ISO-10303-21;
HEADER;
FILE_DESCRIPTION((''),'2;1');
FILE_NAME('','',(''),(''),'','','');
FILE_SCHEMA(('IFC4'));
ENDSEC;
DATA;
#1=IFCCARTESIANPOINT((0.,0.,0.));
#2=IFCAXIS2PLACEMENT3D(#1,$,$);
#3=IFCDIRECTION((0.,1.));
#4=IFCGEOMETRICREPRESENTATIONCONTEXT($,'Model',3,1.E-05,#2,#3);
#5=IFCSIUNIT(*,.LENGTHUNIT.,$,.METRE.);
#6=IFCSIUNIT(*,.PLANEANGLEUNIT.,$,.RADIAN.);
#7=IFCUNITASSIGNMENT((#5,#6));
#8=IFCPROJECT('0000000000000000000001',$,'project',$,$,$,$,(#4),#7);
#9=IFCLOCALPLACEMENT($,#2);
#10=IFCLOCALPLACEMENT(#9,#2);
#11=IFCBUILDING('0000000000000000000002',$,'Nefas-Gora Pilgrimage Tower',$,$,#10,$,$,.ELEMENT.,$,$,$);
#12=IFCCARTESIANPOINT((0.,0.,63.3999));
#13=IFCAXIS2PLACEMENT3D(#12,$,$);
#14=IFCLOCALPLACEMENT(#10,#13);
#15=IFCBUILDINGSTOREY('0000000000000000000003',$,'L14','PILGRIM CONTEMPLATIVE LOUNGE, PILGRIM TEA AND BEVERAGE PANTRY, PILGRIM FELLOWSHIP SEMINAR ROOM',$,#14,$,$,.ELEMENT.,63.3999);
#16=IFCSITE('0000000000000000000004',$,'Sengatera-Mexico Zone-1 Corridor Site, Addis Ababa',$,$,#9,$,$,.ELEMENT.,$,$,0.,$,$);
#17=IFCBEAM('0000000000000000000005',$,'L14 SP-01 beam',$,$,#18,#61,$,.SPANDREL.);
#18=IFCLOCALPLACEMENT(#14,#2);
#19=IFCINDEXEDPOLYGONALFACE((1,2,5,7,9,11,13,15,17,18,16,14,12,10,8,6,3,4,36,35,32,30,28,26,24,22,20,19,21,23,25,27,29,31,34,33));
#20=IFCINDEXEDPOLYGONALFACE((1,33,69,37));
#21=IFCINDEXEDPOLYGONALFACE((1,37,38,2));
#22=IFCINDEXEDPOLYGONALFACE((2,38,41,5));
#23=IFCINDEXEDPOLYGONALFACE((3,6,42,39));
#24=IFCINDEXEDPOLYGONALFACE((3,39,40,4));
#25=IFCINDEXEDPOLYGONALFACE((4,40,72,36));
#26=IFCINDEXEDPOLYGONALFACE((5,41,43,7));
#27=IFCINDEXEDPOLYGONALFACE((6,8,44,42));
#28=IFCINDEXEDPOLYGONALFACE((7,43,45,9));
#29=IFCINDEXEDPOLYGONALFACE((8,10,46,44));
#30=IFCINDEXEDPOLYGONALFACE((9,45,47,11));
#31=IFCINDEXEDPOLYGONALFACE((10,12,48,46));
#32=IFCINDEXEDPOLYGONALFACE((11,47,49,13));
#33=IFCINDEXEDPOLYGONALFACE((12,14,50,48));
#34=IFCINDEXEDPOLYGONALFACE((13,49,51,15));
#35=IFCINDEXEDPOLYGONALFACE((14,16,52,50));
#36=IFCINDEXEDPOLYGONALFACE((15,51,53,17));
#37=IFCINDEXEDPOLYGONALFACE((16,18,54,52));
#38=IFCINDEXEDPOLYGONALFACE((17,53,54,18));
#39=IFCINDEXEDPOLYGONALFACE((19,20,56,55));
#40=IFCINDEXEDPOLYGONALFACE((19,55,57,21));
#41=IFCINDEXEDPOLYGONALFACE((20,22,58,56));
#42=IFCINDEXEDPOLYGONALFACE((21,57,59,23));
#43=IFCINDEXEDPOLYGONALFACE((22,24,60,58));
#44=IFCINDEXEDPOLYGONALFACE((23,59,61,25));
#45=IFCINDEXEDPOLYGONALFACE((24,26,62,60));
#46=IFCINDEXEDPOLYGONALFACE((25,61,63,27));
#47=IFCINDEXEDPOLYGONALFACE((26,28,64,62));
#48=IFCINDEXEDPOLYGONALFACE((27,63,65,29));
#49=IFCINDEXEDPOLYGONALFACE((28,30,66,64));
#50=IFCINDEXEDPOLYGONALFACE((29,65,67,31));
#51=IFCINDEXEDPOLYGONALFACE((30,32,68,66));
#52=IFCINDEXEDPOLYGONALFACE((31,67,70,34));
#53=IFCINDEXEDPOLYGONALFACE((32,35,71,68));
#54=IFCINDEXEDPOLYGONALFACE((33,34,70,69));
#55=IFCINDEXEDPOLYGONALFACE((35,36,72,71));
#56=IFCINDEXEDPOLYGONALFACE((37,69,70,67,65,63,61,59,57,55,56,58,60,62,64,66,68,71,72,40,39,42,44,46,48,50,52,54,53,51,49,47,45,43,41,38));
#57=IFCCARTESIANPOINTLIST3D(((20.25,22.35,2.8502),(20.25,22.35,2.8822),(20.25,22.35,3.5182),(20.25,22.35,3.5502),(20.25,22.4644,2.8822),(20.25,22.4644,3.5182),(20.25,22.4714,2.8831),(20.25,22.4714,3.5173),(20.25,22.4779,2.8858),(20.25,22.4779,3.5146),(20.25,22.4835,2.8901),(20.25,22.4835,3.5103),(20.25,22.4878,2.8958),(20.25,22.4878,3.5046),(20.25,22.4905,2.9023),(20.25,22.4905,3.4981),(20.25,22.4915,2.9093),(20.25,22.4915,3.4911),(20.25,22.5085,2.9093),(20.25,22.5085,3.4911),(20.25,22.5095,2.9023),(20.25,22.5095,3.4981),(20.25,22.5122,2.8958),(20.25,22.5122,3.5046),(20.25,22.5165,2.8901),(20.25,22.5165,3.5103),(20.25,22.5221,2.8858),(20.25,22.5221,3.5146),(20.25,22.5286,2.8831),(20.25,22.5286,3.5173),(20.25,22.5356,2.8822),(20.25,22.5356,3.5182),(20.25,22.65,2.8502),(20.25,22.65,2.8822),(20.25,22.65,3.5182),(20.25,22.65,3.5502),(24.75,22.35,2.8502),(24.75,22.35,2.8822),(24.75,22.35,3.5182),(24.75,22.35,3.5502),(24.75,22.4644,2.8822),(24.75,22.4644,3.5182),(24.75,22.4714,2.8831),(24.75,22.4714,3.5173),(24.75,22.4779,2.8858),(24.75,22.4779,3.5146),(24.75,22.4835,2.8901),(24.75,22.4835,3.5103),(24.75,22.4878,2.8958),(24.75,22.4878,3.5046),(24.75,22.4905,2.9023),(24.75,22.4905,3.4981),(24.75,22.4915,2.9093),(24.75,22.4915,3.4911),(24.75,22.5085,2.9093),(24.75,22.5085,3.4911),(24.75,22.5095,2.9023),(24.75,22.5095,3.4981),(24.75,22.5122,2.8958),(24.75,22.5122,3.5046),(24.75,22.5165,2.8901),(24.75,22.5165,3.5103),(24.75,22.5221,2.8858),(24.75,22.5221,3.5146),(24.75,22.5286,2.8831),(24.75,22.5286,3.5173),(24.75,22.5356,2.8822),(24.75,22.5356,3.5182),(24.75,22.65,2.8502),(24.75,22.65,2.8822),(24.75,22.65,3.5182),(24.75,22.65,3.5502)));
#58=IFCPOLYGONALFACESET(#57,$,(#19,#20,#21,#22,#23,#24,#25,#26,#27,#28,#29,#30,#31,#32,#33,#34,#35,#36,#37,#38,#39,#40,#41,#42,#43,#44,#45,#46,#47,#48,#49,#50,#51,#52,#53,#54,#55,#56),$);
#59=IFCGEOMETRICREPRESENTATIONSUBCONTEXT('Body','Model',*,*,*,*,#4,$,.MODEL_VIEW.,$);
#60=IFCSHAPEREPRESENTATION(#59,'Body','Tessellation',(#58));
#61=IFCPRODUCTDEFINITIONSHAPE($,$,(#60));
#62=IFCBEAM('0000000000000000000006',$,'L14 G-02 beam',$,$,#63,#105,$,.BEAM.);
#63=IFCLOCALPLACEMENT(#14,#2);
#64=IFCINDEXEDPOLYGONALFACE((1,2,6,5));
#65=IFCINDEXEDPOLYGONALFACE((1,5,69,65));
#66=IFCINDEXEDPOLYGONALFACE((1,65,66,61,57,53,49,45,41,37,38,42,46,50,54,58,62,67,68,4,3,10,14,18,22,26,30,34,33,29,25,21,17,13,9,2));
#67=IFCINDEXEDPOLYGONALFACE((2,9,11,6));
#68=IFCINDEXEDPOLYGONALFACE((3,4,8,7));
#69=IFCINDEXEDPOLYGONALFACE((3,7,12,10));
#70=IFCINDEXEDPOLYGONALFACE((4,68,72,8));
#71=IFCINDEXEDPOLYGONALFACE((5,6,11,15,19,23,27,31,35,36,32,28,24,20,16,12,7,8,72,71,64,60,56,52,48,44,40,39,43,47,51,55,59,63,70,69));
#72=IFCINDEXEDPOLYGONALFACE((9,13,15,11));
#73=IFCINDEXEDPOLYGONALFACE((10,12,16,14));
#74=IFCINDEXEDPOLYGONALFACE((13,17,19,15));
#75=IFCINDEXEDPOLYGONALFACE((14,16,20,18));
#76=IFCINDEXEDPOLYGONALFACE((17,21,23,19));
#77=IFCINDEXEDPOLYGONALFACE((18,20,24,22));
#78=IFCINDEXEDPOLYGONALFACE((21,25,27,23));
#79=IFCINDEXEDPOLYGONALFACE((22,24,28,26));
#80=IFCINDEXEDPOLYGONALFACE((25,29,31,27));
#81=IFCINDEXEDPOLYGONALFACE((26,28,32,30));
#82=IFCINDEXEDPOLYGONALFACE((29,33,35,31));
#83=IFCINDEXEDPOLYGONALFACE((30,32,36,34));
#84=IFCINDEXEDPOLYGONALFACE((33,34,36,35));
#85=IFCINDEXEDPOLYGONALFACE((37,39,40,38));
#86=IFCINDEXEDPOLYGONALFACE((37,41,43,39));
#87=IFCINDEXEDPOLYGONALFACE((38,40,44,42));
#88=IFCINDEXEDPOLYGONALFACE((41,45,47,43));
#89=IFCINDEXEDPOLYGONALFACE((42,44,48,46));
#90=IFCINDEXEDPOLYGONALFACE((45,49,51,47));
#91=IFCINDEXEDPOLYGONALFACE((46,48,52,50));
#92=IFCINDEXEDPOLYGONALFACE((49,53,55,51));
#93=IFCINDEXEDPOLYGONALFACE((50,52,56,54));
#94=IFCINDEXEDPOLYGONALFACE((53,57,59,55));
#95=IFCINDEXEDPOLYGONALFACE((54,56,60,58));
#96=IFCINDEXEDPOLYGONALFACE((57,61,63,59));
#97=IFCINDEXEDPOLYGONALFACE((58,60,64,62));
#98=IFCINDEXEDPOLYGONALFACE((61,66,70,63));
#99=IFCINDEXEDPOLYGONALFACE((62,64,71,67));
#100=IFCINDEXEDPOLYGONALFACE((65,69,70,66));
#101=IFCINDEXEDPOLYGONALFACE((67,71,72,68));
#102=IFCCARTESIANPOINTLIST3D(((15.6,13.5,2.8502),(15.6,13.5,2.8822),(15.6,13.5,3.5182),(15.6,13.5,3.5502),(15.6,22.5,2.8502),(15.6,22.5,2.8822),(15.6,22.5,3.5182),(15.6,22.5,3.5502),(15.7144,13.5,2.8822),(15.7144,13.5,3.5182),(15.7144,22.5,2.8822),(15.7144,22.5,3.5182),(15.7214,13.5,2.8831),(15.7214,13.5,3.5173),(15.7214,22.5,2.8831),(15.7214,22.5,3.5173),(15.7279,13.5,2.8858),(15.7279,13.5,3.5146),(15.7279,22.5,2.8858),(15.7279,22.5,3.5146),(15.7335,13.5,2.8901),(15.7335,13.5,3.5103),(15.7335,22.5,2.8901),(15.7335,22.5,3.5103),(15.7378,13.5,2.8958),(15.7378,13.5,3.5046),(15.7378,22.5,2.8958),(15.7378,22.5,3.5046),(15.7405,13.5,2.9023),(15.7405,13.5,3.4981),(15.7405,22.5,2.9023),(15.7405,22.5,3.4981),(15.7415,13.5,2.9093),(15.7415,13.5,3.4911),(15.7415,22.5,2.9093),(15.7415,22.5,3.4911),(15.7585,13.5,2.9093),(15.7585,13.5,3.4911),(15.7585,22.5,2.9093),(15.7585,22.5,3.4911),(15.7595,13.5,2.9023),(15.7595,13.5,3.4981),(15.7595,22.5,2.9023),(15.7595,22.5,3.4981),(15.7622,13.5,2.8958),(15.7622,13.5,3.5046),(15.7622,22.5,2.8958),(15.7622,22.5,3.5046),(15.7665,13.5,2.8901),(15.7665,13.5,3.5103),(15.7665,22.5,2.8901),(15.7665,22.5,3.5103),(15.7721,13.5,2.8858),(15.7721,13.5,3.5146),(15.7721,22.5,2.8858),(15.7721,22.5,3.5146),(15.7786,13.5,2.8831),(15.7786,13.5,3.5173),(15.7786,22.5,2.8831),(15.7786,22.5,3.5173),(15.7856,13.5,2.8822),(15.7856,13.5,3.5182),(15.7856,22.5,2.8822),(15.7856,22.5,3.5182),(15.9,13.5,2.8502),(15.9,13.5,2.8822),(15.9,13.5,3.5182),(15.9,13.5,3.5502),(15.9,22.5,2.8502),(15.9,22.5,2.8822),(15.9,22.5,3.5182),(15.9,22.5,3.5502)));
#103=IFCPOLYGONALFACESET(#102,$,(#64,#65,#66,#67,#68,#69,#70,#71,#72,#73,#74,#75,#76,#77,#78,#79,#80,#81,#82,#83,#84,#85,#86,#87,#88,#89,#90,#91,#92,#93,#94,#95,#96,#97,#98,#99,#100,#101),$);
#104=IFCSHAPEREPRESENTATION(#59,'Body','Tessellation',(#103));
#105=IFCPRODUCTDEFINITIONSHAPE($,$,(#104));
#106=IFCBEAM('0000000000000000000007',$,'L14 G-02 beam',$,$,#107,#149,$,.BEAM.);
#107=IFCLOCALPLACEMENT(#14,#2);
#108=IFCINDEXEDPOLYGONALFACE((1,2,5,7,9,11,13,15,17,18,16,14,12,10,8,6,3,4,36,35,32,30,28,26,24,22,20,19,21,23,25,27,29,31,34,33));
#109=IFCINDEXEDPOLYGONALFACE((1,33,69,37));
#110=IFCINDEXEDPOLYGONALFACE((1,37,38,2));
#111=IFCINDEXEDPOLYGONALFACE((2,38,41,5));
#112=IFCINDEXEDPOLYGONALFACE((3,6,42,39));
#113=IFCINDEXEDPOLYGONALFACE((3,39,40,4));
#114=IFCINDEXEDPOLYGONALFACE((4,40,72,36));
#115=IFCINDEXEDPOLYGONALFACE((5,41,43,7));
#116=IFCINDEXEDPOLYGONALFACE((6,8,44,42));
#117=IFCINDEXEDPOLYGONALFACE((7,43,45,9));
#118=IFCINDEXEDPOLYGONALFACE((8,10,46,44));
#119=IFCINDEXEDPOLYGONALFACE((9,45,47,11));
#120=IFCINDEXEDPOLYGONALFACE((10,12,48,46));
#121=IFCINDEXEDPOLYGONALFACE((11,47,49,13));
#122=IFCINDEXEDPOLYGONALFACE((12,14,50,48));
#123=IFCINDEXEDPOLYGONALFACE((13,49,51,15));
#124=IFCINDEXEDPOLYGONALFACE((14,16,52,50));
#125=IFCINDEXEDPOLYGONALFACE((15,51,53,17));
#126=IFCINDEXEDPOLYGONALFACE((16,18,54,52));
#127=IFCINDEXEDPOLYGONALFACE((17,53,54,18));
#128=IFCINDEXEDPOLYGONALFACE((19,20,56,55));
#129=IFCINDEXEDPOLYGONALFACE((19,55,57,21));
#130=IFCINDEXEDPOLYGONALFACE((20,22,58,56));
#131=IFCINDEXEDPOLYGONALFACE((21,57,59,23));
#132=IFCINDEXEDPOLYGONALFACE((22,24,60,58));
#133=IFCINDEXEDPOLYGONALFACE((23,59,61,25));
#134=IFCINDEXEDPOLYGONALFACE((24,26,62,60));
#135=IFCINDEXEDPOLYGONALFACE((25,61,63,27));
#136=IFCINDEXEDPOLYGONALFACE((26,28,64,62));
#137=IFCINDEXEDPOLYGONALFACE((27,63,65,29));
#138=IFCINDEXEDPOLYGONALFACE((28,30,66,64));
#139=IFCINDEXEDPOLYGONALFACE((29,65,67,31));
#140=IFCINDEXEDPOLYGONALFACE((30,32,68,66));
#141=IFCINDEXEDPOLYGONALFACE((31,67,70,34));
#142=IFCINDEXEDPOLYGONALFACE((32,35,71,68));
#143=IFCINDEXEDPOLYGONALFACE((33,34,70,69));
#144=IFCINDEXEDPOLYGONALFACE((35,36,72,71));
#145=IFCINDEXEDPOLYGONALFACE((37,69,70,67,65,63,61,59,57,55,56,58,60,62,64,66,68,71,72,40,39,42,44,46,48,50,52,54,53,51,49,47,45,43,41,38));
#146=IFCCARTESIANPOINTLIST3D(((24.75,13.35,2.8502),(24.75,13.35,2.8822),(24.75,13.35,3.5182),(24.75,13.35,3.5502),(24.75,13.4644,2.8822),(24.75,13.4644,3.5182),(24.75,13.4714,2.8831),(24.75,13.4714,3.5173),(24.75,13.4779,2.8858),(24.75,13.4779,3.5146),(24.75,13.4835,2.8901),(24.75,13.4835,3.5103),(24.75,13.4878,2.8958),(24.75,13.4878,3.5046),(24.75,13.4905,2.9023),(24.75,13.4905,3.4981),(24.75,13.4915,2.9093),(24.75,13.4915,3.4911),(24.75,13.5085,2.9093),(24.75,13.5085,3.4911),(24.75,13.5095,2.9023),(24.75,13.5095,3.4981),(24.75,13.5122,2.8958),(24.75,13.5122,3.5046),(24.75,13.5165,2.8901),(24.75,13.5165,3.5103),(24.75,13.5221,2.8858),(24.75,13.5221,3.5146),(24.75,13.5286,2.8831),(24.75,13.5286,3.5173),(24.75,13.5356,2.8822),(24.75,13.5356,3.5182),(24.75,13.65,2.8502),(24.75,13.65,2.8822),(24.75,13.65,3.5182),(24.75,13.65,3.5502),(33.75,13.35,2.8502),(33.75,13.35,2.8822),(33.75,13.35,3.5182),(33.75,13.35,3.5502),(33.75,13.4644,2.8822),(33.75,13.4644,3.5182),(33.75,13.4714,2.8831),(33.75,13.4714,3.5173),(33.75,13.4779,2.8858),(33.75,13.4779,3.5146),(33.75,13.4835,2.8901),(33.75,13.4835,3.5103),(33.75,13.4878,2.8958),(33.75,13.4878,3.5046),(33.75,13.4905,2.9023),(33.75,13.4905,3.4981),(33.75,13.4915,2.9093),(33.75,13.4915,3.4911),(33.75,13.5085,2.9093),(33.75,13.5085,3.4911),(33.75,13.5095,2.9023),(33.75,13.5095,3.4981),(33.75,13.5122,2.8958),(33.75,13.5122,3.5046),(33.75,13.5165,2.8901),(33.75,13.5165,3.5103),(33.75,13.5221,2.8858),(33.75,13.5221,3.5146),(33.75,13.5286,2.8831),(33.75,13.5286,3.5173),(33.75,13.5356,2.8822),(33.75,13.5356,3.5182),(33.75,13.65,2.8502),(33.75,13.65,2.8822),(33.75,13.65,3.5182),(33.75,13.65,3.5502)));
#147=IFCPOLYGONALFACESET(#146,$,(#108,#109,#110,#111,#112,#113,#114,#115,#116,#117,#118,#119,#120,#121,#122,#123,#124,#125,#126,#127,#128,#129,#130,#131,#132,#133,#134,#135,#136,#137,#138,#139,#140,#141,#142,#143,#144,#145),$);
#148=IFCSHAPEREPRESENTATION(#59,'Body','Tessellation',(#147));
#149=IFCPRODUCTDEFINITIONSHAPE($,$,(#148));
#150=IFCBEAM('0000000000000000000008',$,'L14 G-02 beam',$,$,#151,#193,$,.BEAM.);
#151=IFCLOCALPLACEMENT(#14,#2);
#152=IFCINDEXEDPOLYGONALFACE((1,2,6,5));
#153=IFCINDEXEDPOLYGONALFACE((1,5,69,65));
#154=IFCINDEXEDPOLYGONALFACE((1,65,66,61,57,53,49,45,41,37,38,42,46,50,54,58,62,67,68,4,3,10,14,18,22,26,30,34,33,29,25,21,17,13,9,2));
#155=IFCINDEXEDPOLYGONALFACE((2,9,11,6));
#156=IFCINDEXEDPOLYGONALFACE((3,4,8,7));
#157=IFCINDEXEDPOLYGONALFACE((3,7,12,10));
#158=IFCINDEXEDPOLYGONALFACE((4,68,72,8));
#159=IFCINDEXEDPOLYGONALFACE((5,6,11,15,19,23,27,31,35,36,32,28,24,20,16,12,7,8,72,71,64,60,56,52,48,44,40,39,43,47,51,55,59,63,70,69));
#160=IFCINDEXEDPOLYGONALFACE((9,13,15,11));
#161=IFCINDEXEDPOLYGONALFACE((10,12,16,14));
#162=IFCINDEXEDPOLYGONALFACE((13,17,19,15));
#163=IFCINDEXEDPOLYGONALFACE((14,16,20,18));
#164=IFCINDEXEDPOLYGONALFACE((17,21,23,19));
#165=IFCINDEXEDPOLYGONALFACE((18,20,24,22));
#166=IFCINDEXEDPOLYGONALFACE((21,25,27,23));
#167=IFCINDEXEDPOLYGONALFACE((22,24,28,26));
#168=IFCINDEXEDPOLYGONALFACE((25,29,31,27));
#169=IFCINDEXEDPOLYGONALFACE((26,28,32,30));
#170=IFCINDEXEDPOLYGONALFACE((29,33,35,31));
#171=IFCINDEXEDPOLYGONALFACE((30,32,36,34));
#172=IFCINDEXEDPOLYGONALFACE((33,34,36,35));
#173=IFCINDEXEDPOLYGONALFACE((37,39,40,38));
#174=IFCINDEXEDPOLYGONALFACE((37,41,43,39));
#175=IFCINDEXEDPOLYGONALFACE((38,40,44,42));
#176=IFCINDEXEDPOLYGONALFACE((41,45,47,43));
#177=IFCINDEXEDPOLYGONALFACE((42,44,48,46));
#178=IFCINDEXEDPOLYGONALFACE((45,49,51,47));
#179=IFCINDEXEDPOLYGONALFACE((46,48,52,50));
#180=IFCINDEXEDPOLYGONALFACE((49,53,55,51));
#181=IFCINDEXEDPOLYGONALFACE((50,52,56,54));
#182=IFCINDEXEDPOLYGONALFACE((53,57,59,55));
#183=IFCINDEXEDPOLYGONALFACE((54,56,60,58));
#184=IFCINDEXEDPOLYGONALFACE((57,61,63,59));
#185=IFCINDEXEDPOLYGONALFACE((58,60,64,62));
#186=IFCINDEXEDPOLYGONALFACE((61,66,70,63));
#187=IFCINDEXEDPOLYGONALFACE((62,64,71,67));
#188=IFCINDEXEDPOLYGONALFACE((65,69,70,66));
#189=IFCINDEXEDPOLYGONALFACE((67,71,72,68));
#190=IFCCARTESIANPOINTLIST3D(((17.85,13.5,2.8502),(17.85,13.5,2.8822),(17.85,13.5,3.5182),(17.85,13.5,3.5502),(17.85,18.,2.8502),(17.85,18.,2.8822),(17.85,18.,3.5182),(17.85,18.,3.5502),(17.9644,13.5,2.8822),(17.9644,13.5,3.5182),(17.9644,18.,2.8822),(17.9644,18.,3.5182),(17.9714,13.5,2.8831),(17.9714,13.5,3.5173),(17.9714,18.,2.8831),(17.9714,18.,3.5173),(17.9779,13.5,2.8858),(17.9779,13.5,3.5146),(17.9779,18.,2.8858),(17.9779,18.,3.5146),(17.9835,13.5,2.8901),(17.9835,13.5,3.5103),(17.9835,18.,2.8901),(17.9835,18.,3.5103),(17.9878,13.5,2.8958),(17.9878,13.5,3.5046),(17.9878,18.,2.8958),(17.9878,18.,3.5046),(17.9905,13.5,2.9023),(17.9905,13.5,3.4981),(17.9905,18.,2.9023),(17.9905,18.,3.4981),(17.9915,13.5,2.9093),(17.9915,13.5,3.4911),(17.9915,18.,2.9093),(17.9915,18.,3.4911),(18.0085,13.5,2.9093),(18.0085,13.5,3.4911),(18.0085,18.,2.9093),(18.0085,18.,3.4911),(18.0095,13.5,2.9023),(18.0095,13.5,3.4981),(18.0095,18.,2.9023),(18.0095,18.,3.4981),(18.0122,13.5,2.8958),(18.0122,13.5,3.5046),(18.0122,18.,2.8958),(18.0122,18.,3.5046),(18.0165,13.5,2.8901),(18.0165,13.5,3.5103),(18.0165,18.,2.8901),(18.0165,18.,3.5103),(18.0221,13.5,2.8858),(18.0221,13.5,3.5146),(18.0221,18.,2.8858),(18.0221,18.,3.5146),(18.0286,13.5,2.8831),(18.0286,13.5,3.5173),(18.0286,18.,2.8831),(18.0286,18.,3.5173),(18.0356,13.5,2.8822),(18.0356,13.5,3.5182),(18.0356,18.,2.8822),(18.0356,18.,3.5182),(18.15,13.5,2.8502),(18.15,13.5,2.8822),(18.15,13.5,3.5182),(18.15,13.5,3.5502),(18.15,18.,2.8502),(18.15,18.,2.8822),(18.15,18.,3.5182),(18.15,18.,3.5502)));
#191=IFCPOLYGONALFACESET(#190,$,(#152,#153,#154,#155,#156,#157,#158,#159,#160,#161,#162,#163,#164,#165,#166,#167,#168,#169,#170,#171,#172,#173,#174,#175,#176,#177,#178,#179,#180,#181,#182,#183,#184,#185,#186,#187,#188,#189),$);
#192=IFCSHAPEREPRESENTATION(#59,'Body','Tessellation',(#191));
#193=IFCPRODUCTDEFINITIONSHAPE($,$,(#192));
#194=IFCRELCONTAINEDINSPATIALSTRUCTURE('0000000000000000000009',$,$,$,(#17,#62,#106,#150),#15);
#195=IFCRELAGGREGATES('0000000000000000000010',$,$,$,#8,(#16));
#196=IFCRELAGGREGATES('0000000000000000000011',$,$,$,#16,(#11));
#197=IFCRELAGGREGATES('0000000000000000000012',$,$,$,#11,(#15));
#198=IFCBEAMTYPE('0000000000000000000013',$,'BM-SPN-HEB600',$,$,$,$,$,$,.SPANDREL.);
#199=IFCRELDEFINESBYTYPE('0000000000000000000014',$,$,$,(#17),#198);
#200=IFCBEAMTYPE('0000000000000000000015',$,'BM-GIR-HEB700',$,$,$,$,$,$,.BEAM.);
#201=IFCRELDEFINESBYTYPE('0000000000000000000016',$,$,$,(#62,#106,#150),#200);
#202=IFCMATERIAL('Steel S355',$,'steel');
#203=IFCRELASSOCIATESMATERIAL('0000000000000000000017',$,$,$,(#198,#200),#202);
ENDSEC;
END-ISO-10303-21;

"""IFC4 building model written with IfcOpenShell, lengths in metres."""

from ifc_helpers import new_model, si_unit, direction, frame, origin, origin_2d, place, context, subcontext, project, spatial, i_section, extrude, source, transform, mapped, material, material_profile, profile_set, type_object, element, save


model = new_model("IFC4")

# Units and contexts
model_context = context("Model", 3, precision=1e-05, world=origin(), true_north=direction((0.0, 1.0)))
body_context = subcontext(model_context, "Body", "Model", "MODEL_VIEW")
ifc_project = project(units=[si_unit("LENGTHUNIT", "METRE"), si_unit("PLANEANGLEUNIT", "RADIAN")], contexts=[model_context])

# Site, building, storey
site_placement = place(None, origin())
site = spatial("IfcSite", under=ifc_project, at=site_placement, Name="Sengatera-Mexico Zone-1 Corridor Site, Addis Ababa", CompositionType="ELEMENT", RefElevation=0.0)
building_placement = place(site_placement, origin())
building = spatial("IfcBuilding", under=site, at=building_placement, Name="Nefas-Gora Pilgrimage Tower", CompositionType="ELEMENT")
storey_placement = place(building_placement, frame((0.0, 0.0, 63.3999)))
storey = spatial("IfcBuildingStorey", under=building, at=storey_placement, Name="L14", Description="PILGRIM CONTEMPLATIVE LOUNGE, PILGRIM TEA AND BEVERAGE PANTRY, PILGRIM FELLOWSHIP SEMINAR ROOM", CompositionType="ELEMENT", Elevation=63.3999)

# Beams
ifc_material_1 = material(Name="Steel S355", Category="steel")
ifc_material_profile_1 = material_profile(ifc_material_1, i_section(OverallWidth=0.3, OverallDepth=0.7, WebThickness=0.0171, FlangeThickness=0.032, FilletRadius=0.0271, at=origin_2d()), Name="HEB 700")
ifc_profile_set_1 = profile_set([ifc_material_profile_1], Name="Steel S355")
beam_type_1 = type_object("IfcBeamType", Name="BM-SPN-HEB600", PredefinedType="SPANDREL", material=ifc_profile_set_1)
shared_shape_1 = source(origin(), body_context, "Body", "SweptSolid", [
    extrude(i_section(OverallWidth=0.3, OverallDepth=0.7, WebThickness=0.0171, FlangeThickness=0.032, FilletRadius=0.0271, at=origin_2d()), origin(), (0.0, 0.0, 1.0), 4.5),
])
beam_1_placement = place(storey_placement, frame((20.25, 22.5, 3.2002), z_axis=(1.0, 0.0, 0.0), x_axis=(0.0, 1.0, 0.0)))
element("IfcBeam", 1, at=beam_1_placement, inside=storey, type_object=beam_type_1, Name="L14 SP-01 beam", PredefinedType="SPANDREL", context=body_context, shape_type="MappedRepresentation", body=[
    mapped(shared_shape_1, transform((0.0, 0.0, 0.0), x_axis=(1.0, 0.0, 0.0), y_axis=(0.0, 1.0, 0.0), z_axis=(0.0, 0.0, 1.0), scale=1.0)),
])
ifc_material_profile_2 = material_profile(ifc_material_1, i_section(OverallWidth=0.3, OverallDepth=0.7, WebThickness=0.0171, FlangeThickness=0.032, FilletRadius=0.0271, at=origin_2d()), Name="HEB 700")
ifc_profile_set_2 = profile_set([ifc_material_profile_2], Name="Steel S355")
beam_type_2 = type_object("IfcBeamType", Name="BM-GIR-HEB700", PredefinedType="BEAM", material=ifc_profile_set_2)
shared_shape_2 = source(origin(), body_context, "Body", "SweptSolid", [
    extrude(i_section(OverallWidth=0.3, OverallDepth=0.7, WebThickness=0.0171, FlangeThickness=0.032, FilletRadius=0.0271, at=origin_2d()), origin(), (0.0, 0.0, 1.0), 9.0),
])
for number, where, z_axis, x_axis, name in (
    (2, (15.75, 13.5, 3.2002), (0.0, 1.0, 0.0), (-1.0, 0.0, 0.0), "L14 G-02 beam"),
    (3, (24.75, 13.5, 3.2002), (1.0, 0.0, 0.0), (0.0, 1.0, 0.0), "L14 G-02 beam"),
):
    element("IfcBeam", number, at=place(storey_placement, frame(where, z_axis=z_axis, x_axis=x_axis)), inside=storey, type_object=beam_type_2, Name=name, PredefinedType="BEAM", context=body_context, shape_type="MappedRepresentation", body=[
        mapped(shared_shape_2, transform((0.0, 0.0, 0.0), x_axis=(1.0, 0.0, 0.0), y_axis=(0.0, 1.0, 0.0), z_axis=(0.0, 0.0, 1.0), scale=1.0)),
    ])
shared_shape_3 = source(origin(), body_context, "Body", "SweptSolid", [
    extrude(i_section(OverallWidth=0.3, OverallDepth=0.7, WebThickness=0.0171, FlangeThickness=0.032, FilletRadius=0.0271, at=origin_2d()), origin(), (0.0, 0.0, 1.0), 4.5),
])
for number, where, z_axis, x_axis, name in (
    (4, (18.0, 13.5, 3.2002), (0.0, 1.0, 0.0), (-1.0, 0.0, 0.0), "L14 G-02 beam"),
):
    element("IfcBeam", number, at=place(storey_placement, frame(where, z_axis=z_axis, x_axis=x_axis)), inside=storey, type_object=beam_type_2, Name=name, PredefinedType="BEAM", context=body_context, shape_type="MappedRepresentation", body=[
        mapped(shared_shape_3, transform((0.0, 0.0, 0.0), x_axis=(1.0, 0.0, 0.0), y_axis=(0.0, 1.0, 0.0), z_axis=(0.0, 0.0, 1.0), scale=1.0)),
    ])

save(model, "model.ifc")
